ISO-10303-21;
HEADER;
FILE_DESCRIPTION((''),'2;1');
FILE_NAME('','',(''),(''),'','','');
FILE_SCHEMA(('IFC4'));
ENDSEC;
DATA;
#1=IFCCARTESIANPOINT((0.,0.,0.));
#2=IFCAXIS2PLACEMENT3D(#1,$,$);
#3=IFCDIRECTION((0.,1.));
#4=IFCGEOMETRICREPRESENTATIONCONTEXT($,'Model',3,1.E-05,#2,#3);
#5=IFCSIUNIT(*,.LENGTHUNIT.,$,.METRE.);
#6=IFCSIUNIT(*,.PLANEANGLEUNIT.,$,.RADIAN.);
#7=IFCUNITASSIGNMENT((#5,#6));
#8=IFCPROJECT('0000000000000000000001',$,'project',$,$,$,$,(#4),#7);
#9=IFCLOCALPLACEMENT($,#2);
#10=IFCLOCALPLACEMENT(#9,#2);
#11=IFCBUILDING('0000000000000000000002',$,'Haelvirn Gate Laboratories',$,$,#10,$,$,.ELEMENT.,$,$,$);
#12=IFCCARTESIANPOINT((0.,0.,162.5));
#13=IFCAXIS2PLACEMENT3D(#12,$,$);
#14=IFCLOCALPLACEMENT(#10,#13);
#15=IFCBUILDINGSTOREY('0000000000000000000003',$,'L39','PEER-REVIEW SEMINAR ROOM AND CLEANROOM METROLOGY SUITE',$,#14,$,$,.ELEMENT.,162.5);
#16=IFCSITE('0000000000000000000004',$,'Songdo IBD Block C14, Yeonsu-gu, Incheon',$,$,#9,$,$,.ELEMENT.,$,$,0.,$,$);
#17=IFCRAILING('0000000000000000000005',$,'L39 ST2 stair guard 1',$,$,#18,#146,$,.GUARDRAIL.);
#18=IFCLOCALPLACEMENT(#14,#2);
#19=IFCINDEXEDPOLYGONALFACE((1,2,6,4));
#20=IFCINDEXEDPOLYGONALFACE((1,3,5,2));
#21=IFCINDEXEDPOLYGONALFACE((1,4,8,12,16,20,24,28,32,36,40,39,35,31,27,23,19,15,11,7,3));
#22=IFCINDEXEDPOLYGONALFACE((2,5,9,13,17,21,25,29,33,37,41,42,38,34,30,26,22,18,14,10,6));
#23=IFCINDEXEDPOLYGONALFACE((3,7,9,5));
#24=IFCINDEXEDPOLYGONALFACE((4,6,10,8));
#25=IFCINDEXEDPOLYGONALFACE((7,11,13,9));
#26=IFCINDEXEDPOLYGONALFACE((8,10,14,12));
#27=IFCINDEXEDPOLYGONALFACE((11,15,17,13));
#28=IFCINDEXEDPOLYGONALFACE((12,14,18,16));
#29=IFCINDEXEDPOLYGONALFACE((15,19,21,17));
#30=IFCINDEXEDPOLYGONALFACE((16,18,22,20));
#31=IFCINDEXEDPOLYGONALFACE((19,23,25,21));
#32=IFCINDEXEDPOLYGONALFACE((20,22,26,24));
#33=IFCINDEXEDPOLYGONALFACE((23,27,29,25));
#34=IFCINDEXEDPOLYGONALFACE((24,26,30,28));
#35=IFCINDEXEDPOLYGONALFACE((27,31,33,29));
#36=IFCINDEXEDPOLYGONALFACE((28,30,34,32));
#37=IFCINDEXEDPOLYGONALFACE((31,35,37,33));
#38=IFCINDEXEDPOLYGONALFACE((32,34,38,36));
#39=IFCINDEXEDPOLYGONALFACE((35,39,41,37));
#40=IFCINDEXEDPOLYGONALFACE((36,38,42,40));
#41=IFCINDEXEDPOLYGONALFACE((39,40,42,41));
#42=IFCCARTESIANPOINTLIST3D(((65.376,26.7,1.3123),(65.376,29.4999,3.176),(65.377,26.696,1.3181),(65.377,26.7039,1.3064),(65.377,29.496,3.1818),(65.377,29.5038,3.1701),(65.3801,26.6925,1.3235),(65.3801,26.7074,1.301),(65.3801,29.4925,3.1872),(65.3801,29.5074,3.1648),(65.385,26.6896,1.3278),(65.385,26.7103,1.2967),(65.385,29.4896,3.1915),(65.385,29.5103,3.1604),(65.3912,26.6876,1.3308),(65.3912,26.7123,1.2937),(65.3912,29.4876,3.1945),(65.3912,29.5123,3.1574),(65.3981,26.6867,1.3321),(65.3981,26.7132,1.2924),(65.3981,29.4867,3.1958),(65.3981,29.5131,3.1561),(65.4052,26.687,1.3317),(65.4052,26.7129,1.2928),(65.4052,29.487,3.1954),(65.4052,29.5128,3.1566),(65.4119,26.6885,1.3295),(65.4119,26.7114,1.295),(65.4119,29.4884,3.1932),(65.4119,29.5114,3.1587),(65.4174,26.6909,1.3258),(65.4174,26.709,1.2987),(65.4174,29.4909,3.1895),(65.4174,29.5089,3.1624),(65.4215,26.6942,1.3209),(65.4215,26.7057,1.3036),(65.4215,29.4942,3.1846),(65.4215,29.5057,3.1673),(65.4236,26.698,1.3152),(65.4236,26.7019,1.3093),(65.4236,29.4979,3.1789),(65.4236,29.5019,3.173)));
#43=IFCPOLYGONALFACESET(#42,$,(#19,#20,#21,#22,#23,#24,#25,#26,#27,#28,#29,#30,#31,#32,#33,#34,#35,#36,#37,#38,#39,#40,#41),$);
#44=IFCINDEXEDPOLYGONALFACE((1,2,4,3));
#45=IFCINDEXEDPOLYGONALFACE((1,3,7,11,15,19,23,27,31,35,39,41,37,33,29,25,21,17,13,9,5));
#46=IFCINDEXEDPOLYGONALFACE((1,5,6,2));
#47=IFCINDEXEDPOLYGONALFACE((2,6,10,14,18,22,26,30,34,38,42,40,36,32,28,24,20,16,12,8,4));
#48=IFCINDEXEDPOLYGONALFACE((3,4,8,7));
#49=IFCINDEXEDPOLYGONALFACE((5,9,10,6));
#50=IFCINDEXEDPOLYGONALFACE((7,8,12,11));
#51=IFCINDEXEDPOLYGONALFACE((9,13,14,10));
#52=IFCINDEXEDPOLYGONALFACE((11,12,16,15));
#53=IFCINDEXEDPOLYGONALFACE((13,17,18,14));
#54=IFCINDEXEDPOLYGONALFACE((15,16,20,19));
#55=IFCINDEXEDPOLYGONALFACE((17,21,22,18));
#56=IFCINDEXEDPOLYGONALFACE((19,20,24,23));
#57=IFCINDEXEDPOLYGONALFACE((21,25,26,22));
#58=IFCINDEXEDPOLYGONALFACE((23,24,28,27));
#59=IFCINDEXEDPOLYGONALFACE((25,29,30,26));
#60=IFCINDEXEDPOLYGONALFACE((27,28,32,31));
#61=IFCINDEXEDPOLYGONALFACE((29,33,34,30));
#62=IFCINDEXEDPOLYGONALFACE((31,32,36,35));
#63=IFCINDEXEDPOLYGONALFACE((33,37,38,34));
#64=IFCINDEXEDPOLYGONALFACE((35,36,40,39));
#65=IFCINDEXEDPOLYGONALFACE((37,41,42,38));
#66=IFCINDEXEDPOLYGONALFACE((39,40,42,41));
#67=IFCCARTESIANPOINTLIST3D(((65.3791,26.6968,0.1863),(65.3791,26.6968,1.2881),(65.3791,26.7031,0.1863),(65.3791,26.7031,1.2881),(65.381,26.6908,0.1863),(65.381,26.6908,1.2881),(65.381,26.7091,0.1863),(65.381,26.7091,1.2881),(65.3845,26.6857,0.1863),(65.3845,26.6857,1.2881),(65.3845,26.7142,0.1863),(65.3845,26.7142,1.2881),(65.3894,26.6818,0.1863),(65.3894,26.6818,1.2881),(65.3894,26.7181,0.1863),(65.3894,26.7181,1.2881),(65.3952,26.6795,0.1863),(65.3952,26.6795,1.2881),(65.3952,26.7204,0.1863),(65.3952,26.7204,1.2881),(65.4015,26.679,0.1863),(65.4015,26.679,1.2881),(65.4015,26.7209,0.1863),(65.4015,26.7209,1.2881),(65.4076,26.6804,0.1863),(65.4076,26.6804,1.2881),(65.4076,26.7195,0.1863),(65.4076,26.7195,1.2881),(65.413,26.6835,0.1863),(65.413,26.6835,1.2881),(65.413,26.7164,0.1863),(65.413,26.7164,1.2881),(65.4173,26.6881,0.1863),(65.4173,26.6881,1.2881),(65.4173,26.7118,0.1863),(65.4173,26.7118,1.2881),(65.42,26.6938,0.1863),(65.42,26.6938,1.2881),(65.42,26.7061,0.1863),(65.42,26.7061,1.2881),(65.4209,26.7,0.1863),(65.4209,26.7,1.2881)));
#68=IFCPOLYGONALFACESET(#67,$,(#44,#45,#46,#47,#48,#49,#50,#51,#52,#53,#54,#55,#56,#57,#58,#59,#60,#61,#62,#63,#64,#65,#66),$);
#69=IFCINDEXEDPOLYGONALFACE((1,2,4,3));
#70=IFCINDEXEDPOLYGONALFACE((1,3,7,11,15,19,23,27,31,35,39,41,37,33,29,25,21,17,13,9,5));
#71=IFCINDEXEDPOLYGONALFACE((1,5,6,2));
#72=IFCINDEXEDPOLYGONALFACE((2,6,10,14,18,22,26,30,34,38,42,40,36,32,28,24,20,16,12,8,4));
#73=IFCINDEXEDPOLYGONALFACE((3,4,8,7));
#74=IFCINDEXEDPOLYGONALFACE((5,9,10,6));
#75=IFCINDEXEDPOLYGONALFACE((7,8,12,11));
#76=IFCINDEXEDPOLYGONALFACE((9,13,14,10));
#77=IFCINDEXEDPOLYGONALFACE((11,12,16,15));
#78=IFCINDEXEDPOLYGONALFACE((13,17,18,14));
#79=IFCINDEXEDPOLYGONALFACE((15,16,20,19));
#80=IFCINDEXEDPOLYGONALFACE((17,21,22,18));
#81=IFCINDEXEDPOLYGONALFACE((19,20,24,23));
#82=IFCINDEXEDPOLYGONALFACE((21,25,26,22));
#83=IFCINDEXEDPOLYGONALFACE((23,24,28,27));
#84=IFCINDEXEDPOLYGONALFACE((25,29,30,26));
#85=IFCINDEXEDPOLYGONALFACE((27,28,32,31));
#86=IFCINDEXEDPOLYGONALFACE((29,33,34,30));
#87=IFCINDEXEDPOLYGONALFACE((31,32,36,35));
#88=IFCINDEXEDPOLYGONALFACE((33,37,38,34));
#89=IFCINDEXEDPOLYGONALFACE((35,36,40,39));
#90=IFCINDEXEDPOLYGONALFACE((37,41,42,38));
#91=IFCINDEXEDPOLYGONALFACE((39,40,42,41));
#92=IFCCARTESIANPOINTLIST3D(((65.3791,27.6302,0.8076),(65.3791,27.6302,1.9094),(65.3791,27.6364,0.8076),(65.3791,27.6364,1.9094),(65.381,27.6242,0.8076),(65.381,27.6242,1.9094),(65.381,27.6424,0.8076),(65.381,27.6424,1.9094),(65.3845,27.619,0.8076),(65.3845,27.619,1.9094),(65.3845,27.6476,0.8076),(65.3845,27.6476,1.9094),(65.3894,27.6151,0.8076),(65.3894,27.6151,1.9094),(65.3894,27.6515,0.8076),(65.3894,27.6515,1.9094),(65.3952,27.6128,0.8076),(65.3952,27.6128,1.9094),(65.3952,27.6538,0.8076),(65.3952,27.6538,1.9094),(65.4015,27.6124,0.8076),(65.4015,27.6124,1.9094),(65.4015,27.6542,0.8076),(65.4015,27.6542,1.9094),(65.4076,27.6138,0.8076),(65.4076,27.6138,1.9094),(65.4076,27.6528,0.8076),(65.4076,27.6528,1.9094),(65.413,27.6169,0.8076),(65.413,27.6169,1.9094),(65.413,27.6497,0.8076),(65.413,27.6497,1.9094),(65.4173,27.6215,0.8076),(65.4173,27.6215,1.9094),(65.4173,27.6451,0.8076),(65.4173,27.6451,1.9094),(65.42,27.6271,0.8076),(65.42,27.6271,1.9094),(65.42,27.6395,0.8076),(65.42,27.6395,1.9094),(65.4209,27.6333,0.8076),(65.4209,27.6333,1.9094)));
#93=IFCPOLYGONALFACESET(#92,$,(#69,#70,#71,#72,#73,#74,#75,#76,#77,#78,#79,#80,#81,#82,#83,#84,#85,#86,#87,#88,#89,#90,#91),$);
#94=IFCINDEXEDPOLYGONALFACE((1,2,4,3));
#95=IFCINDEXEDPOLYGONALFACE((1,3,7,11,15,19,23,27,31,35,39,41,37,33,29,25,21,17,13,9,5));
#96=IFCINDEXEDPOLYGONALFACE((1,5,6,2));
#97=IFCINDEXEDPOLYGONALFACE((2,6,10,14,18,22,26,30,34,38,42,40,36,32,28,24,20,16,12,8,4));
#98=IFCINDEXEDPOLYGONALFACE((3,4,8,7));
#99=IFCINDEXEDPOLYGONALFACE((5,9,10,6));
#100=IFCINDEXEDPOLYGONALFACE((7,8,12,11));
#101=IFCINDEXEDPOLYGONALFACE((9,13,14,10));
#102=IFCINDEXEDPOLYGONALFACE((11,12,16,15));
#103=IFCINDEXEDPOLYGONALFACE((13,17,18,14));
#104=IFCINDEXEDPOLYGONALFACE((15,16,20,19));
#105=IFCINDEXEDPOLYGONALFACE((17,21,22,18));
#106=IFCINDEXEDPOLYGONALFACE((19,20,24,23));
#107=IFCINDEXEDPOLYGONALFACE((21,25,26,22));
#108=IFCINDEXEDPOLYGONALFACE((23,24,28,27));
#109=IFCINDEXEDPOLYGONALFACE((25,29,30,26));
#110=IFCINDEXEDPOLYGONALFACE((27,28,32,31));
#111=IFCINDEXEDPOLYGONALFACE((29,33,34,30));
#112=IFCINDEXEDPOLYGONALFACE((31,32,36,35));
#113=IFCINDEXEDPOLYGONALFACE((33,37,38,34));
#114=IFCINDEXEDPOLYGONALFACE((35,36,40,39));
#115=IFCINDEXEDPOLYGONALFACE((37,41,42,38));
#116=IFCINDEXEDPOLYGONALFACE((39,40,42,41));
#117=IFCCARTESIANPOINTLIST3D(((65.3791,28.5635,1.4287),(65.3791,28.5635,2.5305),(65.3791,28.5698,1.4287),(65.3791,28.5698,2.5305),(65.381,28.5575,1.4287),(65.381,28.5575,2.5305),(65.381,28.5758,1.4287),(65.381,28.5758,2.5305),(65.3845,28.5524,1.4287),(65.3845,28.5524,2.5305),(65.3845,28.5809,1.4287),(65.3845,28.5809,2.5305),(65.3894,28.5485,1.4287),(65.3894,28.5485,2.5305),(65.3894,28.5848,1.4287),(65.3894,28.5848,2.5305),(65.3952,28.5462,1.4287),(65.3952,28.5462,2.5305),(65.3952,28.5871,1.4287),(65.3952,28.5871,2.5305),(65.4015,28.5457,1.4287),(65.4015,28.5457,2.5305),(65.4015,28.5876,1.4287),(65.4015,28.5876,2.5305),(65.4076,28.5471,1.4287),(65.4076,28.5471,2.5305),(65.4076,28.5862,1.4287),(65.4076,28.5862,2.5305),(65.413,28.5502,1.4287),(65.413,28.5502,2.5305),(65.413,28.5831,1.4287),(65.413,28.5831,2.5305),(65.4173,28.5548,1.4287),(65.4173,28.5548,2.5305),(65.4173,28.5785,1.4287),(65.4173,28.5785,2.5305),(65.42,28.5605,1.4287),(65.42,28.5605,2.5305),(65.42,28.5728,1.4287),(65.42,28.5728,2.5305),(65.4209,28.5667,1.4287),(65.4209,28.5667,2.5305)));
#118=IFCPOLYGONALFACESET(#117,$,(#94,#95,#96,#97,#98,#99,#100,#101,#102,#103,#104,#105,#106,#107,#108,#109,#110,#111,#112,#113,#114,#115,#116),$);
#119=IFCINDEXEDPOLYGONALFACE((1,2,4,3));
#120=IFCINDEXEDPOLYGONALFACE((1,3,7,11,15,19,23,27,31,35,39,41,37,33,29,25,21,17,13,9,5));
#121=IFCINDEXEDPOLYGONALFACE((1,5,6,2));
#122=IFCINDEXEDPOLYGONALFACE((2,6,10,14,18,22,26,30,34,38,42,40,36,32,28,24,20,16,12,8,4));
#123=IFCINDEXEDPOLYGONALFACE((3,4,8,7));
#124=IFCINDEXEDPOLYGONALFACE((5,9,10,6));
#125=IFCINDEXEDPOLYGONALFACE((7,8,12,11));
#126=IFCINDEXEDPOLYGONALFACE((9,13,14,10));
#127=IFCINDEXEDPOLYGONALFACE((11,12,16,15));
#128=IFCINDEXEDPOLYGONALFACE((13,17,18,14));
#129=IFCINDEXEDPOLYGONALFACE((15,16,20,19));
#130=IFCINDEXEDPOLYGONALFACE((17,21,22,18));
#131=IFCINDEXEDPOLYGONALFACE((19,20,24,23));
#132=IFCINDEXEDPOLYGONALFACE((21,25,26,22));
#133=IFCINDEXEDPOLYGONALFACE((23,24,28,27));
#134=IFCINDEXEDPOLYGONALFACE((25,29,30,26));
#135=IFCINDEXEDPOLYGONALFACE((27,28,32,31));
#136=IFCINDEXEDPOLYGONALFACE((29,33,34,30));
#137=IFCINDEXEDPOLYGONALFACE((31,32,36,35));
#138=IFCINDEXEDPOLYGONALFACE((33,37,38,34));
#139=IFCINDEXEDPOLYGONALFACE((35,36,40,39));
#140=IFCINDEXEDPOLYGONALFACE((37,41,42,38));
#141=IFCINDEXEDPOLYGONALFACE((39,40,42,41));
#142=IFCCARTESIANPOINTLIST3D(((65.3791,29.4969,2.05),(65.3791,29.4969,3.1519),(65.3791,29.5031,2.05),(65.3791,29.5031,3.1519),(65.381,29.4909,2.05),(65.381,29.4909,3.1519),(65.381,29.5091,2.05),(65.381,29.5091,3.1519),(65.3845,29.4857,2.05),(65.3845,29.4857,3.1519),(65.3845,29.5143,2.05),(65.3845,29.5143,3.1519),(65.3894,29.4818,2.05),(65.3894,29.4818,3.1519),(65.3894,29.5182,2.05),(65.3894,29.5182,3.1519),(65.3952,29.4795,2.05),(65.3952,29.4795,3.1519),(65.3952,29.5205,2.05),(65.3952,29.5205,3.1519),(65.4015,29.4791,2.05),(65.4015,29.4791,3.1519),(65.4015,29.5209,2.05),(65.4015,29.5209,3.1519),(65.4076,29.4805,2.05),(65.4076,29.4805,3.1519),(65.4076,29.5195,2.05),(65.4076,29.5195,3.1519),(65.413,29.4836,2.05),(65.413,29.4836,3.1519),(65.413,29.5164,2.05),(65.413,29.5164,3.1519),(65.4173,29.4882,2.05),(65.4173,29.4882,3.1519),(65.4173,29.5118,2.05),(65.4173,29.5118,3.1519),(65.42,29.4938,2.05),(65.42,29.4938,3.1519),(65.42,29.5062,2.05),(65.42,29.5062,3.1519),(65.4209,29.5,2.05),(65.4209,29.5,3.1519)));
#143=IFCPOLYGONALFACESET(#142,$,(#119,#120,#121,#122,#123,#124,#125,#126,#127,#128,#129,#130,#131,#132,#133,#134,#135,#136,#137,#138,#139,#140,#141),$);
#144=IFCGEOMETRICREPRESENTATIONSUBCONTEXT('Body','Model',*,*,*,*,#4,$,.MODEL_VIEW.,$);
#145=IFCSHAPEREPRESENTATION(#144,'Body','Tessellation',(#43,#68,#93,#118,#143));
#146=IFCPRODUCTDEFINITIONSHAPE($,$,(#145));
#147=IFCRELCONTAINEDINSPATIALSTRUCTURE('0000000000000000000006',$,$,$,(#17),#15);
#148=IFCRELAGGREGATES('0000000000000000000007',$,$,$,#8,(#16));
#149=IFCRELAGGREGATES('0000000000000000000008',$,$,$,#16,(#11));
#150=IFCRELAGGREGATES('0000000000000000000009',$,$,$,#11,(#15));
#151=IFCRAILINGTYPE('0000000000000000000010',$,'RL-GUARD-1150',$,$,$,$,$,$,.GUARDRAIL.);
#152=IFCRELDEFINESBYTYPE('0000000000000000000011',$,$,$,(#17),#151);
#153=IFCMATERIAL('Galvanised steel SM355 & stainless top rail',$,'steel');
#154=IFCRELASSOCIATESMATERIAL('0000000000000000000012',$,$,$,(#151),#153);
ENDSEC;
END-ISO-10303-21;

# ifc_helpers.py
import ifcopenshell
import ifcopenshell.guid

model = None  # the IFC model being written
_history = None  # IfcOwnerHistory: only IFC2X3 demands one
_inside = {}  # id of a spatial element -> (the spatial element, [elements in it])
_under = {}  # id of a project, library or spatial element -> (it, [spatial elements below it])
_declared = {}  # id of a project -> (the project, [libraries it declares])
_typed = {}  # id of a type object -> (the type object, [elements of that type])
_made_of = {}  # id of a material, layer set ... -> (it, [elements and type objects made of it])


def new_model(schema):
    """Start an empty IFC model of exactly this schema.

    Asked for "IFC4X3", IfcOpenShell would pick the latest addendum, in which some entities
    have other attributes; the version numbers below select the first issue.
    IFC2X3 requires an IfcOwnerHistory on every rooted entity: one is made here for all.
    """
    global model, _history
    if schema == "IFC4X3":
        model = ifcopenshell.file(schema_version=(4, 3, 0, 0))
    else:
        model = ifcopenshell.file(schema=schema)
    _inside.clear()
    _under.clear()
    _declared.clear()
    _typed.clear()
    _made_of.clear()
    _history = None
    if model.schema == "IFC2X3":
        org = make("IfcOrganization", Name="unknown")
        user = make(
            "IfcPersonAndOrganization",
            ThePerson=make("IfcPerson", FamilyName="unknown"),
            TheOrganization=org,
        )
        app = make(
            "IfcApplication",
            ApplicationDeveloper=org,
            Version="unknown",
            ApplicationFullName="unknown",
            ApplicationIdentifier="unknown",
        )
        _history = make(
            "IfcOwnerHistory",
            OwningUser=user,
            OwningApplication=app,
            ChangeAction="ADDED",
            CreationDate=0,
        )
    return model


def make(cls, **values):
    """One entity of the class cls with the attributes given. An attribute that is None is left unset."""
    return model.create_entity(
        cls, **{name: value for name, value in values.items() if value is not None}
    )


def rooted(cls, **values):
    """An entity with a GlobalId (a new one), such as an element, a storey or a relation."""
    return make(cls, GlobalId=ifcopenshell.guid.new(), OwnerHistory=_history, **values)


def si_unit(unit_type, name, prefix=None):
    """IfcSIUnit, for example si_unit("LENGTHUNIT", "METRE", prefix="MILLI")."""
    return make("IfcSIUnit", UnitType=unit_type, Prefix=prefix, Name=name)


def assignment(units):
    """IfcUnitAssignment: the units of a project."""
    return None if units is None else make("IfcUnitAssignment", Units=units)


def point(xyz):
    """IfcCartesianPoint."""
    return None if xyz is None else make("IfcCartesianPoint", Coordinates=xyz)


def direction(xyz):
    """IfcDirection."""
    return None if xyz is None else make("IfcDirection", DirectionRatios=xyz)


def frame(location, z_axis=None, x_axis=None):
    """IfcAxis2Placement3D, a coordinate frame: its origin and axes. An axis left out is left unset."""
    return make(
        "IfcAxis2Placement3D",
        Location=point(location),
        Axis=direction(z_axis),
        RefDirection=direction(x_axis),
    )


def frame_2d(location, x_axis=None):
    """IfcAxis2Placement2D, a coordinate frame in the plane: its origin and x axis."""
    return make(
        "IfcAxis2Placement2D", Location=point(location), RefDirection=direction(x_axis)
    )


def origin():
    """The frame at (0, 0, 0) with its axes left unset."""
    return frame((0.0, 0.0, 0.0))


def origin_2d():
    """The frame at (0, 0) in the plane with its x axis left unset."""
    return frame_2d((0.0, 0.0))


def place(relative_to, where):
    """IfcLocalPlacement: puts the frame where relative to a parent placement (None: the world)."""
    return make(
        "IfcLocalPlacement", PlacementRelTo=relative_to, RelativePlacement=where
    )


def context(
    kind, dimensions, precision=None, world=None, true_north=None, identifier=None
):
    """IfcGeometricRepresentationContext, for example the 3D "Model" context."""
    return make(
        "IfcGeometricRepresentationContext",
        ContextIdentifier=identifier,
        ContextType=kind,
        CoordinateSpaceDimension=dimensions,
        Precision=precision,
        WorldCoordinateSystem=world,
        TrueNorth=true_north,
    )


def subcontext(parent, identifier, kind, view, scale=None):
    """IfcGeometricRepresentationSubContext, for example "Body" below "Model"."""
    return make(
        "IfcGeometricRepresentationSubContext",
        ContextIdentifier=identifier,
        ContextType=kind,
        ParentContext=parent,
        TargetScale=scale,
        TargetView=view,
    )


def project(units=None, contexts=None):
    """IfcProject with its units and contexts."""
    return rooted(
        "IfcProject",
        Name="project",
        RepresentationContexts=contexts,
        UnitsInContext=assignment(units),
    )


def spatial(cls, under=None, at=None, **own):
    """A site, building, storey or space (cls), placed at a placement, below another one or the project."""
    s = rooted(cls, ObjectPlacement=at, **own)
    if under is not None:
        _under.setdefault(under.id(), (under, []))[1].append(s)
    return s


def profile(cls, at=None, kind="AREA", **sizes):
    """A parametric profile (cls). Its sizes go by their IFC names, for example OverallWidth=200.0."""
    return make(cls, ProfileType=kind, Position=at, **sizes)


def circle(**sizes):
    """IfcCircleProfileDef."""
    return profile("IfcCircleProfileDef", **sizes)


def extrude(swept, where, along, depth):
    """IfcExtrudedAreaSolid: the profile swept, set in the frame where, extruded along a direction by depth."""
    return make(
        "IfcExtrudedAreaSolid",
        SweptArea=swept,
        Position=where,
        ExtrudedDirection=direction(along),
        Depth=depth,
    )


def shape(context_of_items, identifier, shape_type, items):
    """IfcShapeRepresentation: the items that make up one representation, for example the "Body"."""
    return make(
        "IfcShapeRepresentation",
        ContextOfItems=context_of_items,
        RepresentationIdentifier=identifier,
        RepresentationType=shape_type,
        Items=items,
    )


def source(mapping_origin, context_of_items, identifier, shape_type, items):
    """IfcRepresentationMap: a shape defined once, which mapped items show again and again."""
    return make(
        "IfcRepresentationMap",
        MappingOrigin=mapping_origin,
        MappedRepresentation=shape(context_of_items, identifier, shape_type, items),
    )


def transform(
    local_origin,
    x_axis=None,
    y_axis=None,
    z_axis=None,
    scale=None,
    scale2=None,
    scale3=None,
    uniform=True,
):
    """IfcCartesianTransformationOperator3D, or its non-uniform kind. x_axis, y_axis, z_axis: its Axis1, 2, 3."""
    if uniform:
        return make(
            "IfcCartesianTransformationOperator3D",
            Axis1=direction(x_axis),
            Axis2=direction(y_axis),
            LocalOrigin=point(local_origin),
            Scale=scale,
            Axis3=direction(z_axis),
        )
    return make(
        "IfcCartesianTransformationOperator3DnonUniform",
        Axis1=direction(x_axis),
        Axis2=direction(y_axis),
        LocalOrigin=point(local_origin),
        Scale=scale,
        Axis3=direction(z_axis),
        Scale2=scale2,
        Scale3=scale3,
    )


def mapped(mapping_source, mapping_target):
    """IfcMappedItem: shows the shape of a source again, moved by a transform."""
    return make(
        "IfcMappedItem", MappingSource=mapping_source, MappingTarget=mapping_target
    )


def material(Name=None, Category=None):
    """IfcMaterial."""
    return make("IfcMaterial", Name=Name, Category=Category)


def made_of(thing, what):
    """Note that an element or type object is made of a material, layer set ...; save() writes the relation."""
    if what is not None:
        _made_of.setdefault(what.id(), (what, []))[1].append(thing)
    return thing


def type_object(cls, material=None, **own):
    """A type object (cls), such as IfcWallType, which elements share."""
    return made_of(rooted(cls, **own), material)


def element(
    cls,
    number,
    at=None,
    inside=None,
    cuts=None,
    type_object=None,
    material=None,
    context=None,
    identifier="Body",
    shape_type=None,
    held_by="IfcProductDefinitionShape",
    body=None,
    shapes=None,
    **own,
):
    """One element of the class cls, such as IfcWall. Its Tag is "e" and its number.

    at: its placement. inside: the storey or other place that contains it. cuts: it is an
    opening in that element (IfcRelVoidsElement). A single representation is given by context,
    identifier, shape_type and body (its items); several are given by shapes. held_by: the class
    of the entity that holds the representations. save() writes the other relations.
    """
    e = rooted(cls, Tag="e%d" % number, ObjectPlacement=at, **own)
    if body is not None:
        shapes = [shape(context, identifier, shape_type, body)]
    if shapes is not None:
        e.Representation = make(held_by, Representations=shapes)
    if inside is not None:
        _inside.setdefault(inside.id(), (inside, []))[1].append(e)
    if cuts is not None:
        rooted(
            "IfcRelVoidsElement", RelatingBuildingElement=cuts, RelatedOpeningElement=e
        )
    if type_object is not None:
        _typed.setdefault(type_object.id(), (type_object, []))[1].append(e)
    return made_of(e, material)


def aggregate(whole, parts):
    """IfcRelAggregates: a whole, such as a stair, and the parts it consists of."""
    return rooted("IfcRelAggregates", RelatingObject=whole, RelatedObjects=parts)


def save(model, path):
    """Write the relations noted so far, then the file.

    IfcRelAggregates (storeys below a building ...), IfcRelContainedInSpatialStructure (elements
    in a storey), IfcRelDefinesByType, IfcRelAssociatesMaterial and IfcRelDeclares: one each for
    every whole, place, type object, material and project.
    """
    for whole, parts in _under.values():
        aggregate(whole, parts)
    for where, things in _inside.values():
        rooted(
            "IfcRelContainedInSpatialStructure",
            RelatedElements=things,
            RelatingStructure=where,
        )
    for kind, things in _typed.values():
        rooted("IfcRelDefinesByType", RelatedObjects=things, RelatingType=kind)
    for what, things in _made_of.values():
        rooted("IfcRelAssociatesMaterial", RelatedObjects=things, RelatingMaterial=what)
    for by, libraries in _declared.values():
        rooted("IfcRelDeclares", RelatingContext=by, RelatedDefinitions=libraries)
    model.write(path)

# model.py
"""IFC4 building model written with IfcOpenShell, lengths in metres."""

from ifc_helpers import new_model, si_unit, direction, frame, origin, origin_2d, place, context, subcontext, project, spatial, circle, extrude, source, transform, mapped, material, type_object, element, save


model = new_model("IFC4")

# Units and contexts
model_context = context("Model", 3, precision=1e-05, world=origin(), true_north=direction((0.0, 1.0)))
body_context = subcontext(model_context, "Body", "Model", "MODEL_VIEW")
ifc_project = project(units=[si_unit("LENGTHUNIT", "METRE"), si_unit("PLANEANGLEUNIT", "RADIAN")], contexts=[model_context])

# Site, building, storey
site_placement = place(None, origin())
site = spatial("IfcSite", under=ifc_project, at=site_placement, Name="Songdo IBD Block C14, Yeonsu-gu, Incheon", CompositionType="ELEMENT", RefElevation=0.0)
building_placement = place(site_placement, origin())
building = spatial("IfcBuilding", under=site, at=building_placement, Name="Haelvirn Gate Laboratories", CompositionType="ELEMENT")
storey_placement = place(building_placement, frame((0.0, 0.0, 162.5)))
storey = spatial("IfcBuildingStorey", under=building, at=storey_placement, Name="L39", Description="PEER-REVIEW SEMINAR ROOM AND CLEANROOM METROLOGY SUITE", CompositionType="ELEMENT", Elevation=162.5)

# Railing
ifc_material_1 = material(Name="Galvanised steel SM355 & stainless top rail", Category="steel")
railing_type_1 = type_object("IfcRailingType", Name="RL-GUARD-1150", PredefinedType="GUARDRAIL", material=ifc_material_1)
shared_shape_1 = source(origin(), body_context, "Body", "SweptSolid", [
    extrude(circle(Radius=0.0239, at=origin_2d()), frame((0.0, 0.0, 1.126), z_axis=(0.0, 0.832452, 0.554097), x_axis=(-1.0, 0.0, 0.0)), (0.0, 0.0, 1.0), 3.3635),
    extrude(circle(Radius=0.021, at=origin_2d()), origin(), (0.0, 0.0, 1.0), 1.1018),
    extrude(circle(Radius=0.021, at=origin_2d()), frame((0.0, 0.9333, 0.6213)), (0.0, 0.0, 1.0), 1.1018),
    extrude(circle(Radius=0.021, at=origin_2d()), frame((0.0, 1.8667, 1.2424)), (0.0, 0.0, 1.0), 1.1018),
    extrude(circle(Radius=0.021, at=origin_2d()), frame((0.0, 2.8, 1.8638)), (0.0, 0.0, 1.0), 1.1018),
])
railing_1_placement = place(storey_placement, frame((65.3999, 26.7, 0.1863)))
element("IfcRailing", 1, at=railing_1_placement, inside=storey, type_object=railing_type_1, Name="L39 ST2 stair guard 1", PredefinedType="GUARDRAIL", context=body_context, shape_type="MappedRepresentation", body=[
    mapped(shared_shape_1, transform((0.0, 0.0, 0.0), scale=1.0)),
])

save(model, "model.ifc")
